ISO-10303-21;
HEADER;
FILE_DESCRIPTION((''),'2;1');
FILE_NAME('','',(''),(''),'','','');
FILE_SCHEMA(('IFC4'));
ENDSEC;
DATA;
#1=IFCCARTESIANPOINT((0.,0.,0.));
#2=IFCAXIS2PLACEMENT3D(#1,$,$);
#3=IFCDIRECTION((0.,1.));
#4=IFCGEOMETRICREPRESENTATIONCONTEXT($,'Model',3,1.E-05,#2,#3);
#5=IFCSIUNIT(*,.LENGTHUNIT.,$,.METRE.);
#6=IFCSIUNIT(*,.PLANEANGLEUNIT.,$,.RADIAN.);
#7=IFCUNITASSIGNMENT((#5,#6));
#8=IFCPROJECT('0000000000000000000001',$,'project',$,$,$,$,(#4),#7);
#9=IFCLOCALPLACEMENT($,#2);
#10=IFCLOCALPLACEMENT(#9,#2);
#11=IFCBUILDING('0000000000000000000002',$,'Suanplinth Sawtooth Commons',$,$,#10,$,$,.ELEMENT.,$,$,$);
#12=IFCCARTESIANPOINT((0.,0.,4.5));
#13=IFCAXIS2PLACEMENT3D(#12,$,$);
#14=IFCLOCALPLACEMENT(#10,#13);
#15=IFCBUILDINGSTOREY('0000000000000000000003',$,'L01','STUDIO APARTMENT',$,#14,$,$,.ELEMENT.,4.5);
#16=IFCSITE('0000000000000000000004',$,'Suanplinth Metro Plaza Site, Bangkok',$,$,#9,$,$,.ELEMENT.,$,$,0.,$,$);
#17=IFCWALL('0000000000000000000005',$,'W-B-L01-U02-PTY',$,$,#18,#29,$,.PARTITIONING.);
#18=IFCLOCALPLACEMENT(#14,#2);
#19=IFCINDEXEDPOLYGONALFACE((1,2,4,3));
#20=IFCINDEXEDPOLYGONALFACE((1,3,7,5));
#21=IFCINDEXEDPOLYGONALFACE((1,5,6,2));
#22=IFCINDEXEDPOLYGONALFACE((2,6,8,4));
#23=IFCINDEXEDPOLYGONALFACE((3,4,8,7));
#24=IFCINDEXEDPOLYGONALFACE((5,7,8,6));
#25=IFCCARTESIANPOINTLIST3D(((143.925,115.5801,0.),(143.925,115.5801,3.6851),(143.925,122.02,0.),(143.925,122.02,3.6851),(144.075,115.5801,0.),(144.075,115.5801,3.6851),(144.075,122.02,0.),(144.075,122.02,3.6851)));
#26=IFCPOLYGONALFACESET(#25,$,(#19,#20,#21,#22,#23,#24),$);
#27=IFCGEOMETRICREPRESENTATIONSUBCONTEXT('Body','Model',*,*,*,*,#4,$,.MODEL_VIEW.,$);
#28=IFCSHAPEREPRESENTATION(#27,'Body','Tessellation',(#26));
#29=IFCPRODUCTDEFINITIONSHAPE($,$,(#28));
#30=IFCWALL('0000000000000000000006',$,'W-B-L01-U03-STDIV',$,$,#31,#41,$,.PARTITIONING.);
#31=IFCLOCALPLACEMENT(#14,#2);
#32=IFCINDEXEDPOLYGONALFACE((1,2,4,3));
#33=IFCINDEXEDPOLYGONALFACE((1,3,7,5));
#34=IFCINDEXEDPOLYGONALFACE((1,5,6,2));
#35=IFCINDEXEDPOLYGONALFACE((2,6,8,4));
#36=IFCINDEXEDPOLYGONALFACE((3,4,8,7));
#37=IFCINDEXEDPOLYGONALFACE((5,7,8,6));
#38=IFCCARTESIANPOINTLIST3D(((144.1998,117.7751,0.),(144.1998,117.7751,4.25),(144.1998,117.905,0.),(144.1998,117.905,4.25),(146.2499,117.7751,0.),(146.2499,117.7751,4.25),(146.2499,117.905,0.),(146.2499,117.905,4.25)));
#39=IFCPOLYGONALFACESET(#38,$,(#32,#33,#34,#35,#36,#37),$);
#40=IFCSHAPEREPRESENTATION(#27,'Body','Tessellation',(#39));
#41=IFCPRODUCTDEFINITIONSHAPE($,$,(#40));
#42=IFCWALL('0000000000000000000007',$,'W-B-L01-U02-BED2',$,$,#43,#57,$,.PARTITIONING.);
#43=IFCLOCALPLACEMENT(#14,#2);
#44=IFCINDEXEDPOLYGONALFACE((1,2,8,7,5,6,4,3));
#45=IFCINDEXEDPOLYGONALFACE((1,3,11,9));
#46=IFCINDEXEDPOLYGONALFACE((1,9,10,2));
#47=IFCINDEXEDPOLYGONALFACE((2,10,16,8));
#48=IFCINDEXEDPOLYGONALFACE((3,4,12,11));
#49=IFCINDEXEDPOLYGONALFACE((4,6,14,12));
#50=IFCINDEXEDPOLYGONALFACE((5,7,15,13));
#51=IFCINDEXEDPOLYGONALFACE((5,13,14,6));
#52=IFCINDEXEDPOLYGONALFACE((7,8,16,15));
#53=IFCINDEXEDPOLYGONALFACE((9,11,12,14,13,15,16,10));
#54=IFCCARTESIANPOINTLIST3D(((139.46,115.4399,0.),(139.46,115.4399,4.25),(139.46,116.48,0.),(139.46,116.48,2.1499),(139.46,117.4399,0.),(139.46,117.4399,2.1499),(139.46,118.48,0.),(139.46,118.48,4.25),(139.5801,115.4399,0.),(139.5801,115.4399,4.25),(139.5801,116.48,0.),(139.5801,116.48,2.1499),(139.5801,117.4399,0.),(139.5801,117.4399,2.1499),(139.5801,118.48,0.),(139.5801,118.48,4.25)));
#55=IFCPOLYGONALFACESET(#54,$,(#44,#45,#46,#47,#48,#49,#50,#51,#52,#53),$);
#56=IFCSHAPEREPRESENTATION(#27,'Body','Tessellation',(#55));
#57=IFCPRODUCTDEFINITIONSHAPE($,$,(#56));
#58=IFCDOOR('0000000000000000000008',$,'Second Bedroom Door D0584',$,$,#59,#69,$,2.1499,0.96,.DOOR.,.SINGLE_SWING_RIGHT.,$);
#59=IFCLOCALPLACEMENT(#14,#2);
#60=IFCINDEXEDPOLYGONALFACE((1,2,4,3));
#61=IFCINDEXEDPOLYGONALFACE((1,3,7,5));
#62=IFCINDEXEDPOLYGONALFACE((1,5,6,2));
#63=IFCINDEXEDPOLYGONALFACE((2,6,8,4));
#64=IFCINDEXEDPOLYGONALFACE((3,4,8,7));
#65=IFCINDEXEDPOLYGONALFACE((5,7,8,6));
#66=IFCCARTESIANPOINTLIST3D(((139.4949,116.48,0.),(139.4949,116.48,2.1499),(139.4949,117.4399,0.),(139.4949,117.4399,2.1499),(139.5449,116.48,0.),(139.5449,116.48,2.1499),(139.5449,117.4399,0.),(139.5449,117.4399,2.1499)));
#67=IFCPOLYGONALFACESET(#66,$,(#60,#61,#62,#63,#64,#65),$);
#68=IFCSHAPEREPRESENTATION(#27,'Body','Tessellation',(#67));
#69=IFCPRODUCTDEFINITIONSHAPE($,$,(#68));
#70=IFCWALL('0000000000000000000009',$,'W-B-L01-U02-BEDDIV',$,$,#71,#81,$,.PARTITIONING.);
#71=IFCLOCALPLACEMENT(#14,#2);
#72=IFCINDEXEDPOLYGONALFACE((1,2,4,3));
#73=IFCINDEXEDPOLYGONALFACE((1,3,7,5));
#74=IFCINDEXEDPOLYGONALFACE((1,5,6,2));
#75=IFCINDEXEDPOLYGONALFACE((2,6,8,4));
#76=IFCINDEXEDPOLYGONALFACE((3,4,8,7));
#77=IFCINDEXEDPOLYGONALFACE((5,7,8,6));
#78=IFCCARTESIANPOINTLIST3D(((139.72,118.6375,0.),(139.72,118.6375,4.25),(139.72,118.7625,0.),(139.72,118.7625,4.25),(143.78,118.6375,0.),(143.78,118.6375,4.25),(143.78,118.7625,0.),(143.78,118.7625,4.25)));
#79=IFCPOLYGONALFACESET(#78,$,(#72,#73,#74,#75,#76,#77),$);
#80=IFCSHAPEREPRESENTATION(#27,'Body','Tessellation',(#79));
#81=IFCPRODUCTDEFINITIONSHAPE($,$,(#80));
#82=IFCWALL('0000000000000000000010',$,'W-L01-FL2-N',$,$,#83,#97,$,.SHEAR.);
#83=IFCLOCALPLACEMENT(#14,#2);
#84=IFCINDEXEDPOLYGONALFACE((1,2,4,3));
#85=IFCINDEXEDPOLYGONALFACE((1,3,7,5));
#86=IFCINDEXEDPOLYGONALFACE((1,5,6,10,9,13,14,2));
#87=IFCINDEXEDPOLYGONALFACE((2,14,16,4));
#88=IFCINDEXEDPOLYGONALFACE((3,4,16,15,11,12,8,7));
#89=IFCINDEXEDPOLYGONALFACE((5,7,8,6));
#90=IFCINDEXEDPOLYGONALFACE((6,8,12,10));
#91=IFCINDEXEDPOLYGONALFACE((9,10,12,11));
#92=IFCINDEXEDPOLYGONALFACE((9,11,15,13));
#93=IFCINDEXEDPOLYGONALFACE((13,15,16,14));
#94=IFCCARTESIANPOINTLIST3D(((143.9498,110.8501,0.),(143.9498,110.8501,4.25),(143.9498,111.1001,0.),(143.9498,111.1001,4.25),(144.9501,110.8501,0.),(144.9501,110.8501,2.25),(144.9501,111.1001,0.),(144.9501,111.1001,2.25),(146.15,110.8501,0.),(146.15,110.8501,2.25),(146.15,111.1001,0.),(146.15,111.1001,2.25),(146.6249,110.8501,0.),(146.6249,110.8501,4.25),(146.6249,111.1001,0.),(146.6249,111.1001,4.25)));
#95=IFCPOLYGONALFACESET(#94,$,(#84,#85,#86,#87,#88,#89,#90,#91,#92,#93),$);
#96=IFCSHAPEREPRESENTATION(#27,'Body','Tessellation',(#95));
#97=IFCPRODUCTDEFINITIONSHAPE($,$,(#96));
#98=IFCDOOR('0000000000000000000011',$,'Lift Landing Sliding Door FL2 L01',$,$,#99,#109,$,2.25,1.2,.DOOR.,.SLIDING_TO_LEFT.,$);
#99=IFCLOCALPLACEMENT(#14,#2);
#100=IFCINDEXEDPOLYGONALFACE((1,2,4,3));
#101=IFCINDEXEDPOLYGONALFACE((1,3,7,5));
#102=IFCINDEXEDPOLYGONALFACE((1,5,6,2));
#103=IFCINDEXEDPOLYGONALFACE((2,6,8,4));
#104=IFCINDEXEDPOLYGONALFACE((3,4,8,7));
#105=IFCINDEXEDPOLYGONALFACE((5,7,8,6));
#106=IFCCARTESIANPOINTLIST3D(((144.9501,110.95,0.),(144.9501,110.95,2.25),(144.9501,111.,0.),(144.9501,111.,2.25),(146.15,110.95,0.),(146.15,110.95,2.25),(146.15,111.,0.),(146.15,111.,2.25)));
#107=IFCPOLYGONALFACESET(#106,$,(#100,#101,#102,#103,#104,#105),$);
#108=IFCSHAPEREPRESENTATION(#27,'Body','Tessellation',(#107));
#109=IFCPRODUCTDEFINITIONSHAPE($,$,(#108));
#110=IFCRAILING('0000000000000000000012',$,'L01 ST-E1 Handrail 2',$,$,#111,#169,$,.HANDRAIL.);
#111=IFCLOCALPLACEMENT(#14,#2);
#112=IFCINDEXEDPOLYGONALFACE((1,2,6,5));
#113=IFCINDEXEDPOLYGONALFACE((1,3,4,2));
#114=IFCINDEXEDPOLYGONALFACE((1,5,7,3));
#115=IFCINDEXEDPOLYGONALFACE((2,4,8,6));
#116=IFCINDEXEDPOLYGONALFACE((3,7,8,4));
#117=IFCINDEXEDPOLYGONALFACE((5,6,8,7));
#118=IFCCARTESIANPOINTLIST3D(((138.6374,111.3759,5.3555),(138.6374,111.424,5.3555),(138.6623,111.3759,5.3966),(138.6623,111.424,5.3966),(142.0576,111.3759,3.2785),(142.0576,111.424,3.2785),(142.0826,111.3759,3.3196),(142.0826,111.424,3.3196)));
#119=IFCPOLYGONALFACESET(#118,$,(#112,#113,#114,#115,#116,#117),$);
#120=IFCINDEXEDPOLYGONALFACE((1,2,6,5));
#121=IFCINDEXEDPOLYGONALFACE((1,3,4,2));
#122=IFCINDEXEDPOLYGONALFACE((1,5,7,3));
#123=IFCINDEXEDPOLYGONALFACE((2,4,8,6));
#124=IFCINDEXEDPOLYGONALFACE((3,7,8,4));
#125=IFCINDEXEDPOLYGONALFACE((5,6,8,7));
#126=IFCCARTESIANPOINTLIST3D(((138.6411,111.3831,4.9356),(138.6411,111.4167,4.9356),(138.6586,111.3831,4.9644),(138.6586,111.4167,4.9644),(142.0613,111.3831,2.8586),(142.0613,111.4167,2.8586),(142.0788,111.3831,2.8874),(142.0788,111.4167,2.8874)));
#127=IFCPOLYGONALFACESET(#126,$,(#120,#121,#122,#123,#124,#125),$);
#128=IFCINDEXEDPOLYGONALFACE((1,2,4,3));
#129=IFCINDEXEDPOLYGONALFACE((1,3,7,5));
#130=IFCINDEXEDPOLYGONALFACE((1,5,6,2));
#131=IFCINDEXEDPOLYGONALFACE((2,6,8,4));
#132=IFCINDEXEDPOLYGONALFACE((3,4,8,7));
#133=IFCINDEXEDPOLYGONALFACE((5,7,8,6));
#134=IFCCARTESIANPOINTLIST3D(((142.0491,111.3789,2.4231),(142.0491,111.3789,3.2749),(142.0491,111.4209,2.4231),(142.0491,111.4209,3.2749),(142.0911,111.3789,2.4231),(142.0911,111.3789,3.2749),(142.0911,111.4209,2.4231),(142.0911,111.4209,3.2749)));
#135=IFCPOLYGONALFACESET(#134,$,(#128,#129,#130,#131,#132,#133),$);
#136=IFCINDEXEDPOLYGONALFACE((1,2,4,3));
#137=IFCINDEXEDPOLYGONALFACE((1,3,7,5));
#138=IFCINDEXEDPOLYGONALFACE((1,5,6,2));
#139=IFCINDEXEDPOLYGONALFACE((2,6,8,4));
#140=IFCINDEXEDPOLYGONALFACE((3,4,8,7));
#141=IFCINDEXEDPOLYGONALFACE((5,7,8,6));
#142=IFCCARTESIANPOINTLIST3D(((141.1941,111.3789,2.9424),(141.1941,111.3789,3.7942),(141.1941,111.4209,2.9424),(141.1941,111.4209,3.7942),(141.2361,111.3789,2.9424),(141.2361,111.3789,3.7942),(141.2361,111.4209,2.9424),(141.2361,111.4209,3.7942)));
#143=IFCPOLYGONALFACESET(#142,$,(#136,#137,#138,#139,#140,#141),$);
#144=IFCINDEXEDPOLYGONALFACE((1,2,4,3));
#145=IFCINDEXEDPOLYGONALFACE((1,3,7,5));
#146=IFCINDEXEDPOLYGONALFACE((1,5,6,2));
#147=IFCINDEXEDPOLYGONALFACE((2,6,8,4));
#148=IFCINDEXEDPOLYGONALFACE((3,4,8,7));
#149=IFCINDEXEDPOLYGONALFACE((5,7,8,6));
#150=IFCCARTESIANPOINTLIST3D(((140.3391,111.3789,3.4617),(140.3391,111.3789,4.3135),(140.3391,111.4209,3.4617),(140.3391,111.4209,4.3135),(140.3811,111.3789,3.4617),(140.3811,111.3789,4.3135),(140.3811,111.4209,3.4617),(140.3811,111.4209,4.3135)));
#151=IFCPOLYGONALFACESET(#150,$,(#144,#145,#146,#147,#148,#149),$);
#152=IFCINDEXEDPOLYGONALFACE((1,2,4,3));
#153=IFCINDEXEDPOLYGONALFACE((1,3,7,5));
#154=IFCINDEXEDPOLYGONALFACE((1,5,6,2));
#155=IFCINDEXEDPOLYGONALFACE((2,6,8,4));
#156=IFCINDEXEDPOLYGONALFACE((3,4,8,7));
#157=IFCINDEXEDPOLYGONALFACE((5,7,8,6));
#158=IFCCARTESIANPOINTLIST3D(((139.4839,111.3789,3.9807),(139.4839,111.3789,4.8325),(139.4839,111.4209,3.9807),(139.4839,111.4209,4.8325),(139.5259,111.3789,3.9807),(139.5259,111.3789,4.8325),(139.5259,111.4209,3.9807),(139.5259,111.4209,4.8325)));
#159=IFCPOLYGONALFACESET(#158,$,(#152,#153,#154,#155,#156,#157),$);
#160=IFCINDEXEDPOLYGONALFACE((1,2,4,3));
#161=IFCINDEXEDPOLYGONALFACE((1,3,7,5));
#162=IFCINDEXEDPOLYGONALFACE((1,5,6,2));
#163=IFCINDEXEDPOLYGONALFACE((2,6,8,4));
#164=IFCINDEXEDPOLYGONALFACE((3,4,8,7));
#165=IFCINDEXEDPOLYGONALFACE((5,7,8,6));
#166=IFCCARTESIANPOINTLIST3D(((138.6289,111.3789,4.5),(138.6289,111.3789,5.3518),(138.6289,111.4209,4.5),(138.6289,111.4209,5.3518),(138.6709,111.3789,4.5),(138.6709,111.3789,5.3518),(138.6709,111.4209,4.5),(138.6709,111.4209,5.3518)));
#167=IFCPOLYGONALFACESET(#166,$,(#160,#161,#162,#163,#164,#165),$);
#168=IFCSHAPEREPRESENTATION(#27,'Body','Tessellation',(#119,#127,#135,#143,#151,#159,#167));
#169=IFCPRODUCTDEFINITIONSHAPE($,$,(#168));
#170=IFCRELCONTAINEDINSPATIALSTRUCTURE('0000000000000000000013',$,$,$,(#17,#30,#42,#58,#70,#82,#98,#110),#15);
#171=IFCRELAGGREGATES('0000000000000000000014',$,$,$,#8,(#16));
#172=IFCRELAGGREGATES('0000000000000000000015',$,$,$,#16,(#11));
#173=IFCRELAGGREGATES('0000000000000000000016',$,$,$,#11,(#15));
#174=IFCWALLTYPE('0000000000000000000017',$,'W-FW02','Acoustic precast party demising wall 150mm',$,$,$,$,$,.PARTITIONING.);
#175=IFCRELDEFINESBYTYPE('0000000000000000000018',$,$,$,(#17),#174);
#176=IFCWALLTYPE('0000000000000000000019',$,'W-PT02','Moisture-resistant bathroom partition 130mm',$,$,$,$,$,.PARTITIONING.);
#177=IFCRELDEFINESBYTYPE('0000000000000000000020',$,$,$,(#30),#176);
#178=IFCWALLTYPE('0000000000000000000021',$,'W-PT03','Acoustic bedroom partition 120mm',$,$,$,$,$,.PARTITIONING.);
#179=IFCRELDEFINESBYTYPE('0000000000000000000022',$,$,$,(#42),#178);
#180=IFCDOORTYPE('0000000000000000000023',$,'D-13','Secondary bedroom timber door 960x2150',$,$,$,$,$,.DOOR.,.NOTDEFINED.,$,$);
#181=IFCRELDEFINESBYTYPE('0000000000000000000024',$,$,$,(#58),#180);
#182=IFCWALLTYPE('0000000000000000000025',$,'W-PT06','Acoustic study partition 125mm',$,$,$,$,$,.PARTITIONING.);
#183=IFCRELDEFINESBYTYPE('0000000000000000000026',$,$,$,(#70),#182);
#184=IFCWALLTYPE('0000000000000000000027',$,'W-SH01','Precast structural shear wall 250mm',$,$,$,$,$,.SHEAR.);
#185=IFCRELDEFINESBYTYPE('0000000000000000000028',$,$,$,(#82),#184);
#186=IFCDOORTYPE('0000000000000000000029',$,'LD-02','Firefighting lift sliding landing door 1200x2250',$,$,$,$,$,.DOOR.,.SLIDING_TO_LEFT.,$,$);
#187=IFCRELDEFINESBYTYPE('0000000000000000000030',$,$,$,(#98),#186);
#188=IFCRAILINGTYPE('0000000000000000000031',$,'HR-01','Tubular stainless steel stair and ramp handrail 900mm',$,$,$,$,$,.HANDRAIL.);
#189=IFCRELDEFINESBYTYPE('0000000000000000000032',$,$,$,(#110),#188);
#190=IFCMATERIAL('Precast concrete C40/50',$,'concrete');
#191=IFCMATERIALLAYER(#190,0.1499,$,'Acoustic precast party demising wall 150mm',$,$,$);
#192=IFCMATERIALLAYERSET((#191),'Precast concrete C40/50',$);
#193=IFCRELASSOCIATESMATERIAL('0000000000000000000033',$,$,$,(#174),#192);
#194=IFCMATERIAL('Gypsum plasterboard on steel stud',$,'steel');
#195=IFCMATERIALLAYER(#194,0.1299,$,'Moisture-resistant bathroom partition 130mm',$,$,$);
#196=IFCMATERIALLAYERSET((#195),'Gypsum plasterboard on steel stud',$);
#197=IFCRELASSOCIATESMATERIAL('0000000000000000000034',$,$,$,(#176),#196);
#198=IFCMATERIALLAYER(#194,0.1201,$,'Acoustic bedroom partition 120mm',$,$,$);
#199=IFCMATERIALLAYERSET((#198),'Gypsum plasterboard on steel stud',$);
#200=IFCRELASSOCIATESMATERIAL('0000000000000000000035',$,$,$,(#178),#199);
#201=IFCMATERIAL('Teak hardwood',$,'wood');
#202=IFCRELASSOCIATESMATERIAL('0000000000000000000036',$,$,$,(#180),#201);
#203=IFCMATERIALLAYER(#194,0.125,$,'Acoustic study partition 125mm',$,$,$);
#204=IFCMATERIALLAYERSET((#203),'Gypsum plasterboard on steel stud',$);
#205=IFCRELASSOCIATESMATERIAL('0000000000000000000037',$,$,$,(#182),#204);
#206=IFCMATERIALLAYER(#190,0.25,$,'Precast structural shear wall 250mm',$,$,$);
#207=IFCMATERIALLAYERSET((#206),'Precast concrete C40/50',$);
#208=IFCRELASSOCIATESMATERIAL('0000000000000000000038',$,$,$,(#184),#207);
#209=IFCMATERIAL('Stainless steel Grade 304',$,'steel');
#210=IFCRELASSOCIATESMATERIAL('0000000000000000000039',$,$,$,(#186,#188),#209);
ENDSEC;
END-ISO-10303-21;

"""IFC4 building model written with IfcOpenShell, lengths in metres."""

from ifc_helpers import new_model, si_unit, direction, frame, frame_2d, origin, origin_2d, place, context, subcontext, project, spatial, rectangle, extrude, material, layer, layer_set, type_object, element, fill, save


model = new_model("IFC4")

# Units and contexts
model_context = context("Model", 3, precision=1e-05, world=origin(), true_north=direction((0.0, 1.0)))
body_context = subcontext(model_context, "Body", "Model", "MODEL_VIEW")
ifc_project = project(units=[si_unit("LENGTHUNIT", "METRE"), si_unit("PLANEANGLEUNIT", "RADIAN")], contexts=[model_context])

# Site, building, storey
site_placement = place(None, origin())
site = spatial("IfcSite", under=ifc_project, at=site_placement, Name="Suanplinth Metro Plaza Site, Bangkok", CompositionType="ELEMENT", RefElevation=0.0)
building_placement = place(site_placement, origin())
building = spatial("IfcBuilding", under=site, at=building_placement, Name="Suanplinth Sawtooth Commons", CompositionType="ELEMENT")
storey_placement = place(building_placement, frame((0.0, 0.0, 4.5)))
storey = spatial("IfcBuildingStorey", under=building, at=storey_placement, Name="L01", Description="STUDIO APARTMENT", CompositionType="ELEMENT", Elevation=4.5)

# Shared definitions
ifc_material_1 = material(Name="Precast concrete C40/50", Category="concrete")

# Walls
ifc_layer_1 = layer(ifc_material_1, 0.1499, Name="Acoustic precast party demising wall 150mm")
ifc_layer_set_1 = layer_set([ifc_layer_1], Name="Precast concrete C40/50")
wall_type_1 = type_object("IfcWallType", Name="W-FW02", Description="Acoustic precast party demising wall 150mm", PredefinedType="PARTITIONING", material=ifc_layer_set_1)
wall_1_placement = place(storey_placement, frame((144.0, 115.5801, 0.0), z_axis=(0.0, 0.0, 1.0), x_axis=(0.0, 1.0, 0.0)))
element("IfcWall", 1, at=wall_1_placement, inside=storey, type_object=wall_type_1, Name="W-B-L01-U02-PTY", PredefinedType="PARTITIONING", context=body_context, shape_type="SweptSolid", body=[
    extrude(rectangle(XDim=6.4399, YDim=0.1499, at=frame_2d((3.22, 0.0))), origin(), (0.0, 0.0, 1.0), 3.6851),
])
ifc_material_2 = material(Name="Gypsum plasterboard on steel stud", Category="steel")
ifc_layer_2 = layer(ifc_material_2, 0.1299, Name="Moisture-resistant bathroom partition 130mm")
ifc_layer_set_2 = layer_set([ifc_layer_2], Name="Gypsum plasterboard on steel stud")
wall_type_2 = type_object("IfcWallType", Name="W-PT02", Description="Moisture-resistant bathroom partition 130mm", PredefinedType="PARTITIONING", material=ifc_layer_set_2)
wall_2_placement = place(storey_placement, frame((144.2, 117.8401, 0.0), z_axis=(0.0, 0.0, 1.0), x_axis=(1.0, 0.0, 0.0)))
element("IfcWall", 2, at=wall_2_placement, inside=storey, type_object=wall_type_2, Name="W-B-L01-U03-STDIV", PredefinedType="PARTITIONING", context=body_context, shape_type="SweptSolid", body=[
    extrude(rectangle(XDim=2.05, YDim=0.1299, at=frame_2d((1.0249, 0.0))), origin(), (0.0, 0.0, 1.0), 4.25),
])

# Wall, opening, door
ifc_layer_3 = layer(ifc_material_2, 0.1201, Name="Acoustic bedroom partition 120mm")
ifc_layer_set_3 = layer_set([ifc_layer_3], Name="Gypsum plasterboard on steel stud")
wall_type_3 = type_object("IfcWallType", Name="W-PT03", Description="Acoustic bedroom partition 120mm", PredefinedType="PARTITIONING", material=ifc_layer_set_3)
wall_3_placement = place(storey_placement, frame((139.52, 115.4399, 0.0), z_axis=(0.0, 0.0, 1.0), x_axis=(0.0, 1.0, 0.0)))
wall_3 = element("IfcWall", 3, at=wall_3_placement, inside=storey, type_object=wall_type_3, Name="W-B-L01-U02-BED2", PredefinedType="PARTITIONING", context=body_context, shape_type="SweptSolid", body=[
    extrude(rectangle(XDim=3.04, YDim=0.1201, at=frame_2d((1.52, 0.0))), origin(), (0.0, 0.0, 1.0), 4.25),
])
opening_1_placement = place(wall_3_placement, frame((1.04, 0.0, 0.0)))
opening_1 = element("IfcOpeningElement", 4, at=opening_1_placement, cuts=wall_3, PredefinedType="OPENING", context=body_context, shape_type="SweptSolid", body=[
    extrude(rectangle(XDim=0.96, YDim=2.1499, at=frame_2d((0.48, 1.075))), frame((0.0, 0.075, 0.0), z_axis=(0.0, -1.0, 0.0), x_axis=(1.0, 0.0, 0.0)), (0.0, 0.0, 1.0), 0.1499),
])
ifc_material_3 = material(Name="Teak hardwood", Category="wood")
door_type_1 = type_object("IfcDoorType", Name="D-13", Description="Secondary bedroom timber door 960x2150", OperationType="NOTDEFINED", PredefinedType="DOOR", material=ifc_material_3)
door_1_placement = place(opening_1_placement, frame((0.96, 0.0, 0.0), z_axis=(0.0, 0.0, 1.0), x_axis=(-1.0, 0.0, 0.0)))
door_1 = element("IfcDoor", 5, at=door_1_placement, inside=storey, type_object=door_type_1, Name="Second Bedroom Door D0584", OperationType="SINGLE_SWING_RIGHT", OverallHeight=2.1499, OverallWidth=0.96, PredefinedType="DOOR", context=body_context, shape_type="SweptSolid", body=[
    extrude(rectangle(XDim=0.96, YDim=2.1499, at=frame_2d((0.48, 1.075))), frame((0.0, 0.0249, 0.0), z_axis=(0.0, -1.0, 0.0), x_axis=(1.0, 0.0, 0.0)), (0.0, 0.0, 1.0), 0.05),
])
fill(opening_1, door_1)

# Wall
ifc_layer_4 = layer(ifc_material_2, 0.125, Name="Acoustic study partition 125mm")
ifc_layer_set_4 = layer_set([ifc_layer_4], Name="Gypsum plasterboard on steel stud")
wall_type_4 = type_object("IfcWallType", Name="W-PT06", Description="Acoustic study partition 125mm", PredefinedType="PARTITIONING", material=ifc_layer_set_4)
wall_4_placement = place(storey_placement, frame((139.72, 118.7, 0.0), z_axis=(0.0, 0.0, 1.0), x_axis=(1.0, 0.0, 0.0)))
element("IfcWall", 6, at=wall_4_placement, inside=storey, type_object=wall_type_4, Name="W-B-L01-U02-BEDDIV", PredefinedType="PARTITIONING", context=body_context, shape_type="SweptSolid", body=[
    extrude(rectangle(XDim=4.0601, YDim=0.125, at=frame_2d((2.03, 0.0))), origin(), (0.0, 0.0, 1.0), 4.25),
])

# Wall, opening, door
ifc_layer_5 = layer(ifc_material_1, 0.25, Name="Precast structural shear wall 250mm")
ifc_layer_set_5 = layer_set([ifc_layer_5], Name="Precast concrete C40/50")
wall_type_5 = type_object("IfcWallType", Name="W-SH01", Description="Precast structural shear wall 250mm", PredefinedType="SHEAR", material=ifc_layer_set_5)
wall_5_placement = place(storey_placement, frame((143.95, 110.9751, 0.0), z_axis=(0.0, 0.0, 1.0), x_axis=(1.0, 0.0, 0.0)))
wall_5 = element("IfcWall", 7, at=wall_5_placement, inside=storey, type_object=wall_type_5, Name="W-L01-FL2-N", PredefinedType="SHEAR", context=body_context, shape_type="SweptSolid", body=[
    extrude(rectangle(XDim=2.675, YDim=0.25, at=frame_2d((1.3374, 0.0))), origin(), (0.0, 0.0, 1.0), 4.25),
])
opening_2_placement = place(wall_5_placement, frame((1.0, 0.0, 0.0)))
opening_2 = element("IfcOpeningElement", 8, at=opening_2_placement, cuts=wall_5, PredefinedType="OPENING", context=body_context, shape_type="SweptSolid", body=[
    extrude(rectangle(XDim=1.2, YDim=2.25, at=frame_2d((0.6001, 1.125))), frame((0.0, 0.1399, 0.0), z_axis=(0.0, -1.0, 0.0), x_axis=(1.0, 0.0, 0.0)), (0.0, 0.0, 1.0), 0.2798),
])
ifc_material_4 = material(Name="Stainless steel Grade 304", Category="steel")
door_type_2 = type_object("IfcDoorType", Name="LD-02", Description="Firefighting lift sliding landing door 1200x2250", OperationType="SLIDING_TO_LEFT", PredefinedType="DOOR", material=ifc_material_4)
door_2_placement = place(opening_2_placement, origin())
door_2 = element("IfcDoor", 9, at=door_2_placement, inside=storey, type_object=door_type_2, Name="Lift Landing Sliding Door FL2 L01", OperationType="SLIDING_TO_LEFT", OverallHeight=2.25, OverallWidth=1.2, PredefinedType="DOOR", context=body_context, shape_type="SweptSolid", body=[
    extrude(rectangle(XDim=1.2, YDim=2.25, at=frame_2d((0.6001, 1.125))), frame((0.0, 0.0249, 0.0), z_axis=(0.0, -1.0, 0.0), x_axis=(1.0, 0.0, 0.0)), (0.0, 0.0, 1.0), 0.05),
])
fill(opening_2, door_2)

# Railing
railing_type = type_object("IfcRailingType", Name="HR-01", Description="Tubular stainless steel stair and ramp handrail 900mm", PredefinedType="HANDRAIL", material=ifc_material_4)
railing_placement = place(storey_placement, frame((142.0701, 111.3999, 2.4231)))
element("IfcRailing", 10, at=railing_placement, inside=storey, type_object=railing_type, Name="L01 ST-E1 Handrail 2", PredefinedType="HANDRAIL", context=body_context, shape_type="SweptSolid", body=[
    extrude(rectangle(XDim=0.0481, YDim=0.0481, at=origin_2d()), frame((0.0, 0.0, 0.876), z_axis=(-0.854746, 0.0, 0.519047), x_axis=(0.0, -1.0, 0.0)), (0.0, 0.0, 1.0), 4.0015),
    extrude(rectangle(XDim=0.0337, YDim=0.0337, at=origin_2d()), frame((0.0, 0.0, 0.45), z_axis=(-0.854746, 0.0, 0.519047), x_axis=(0.0, -1.0, 0.0)), (0.0, 0.0, 1.0), 4.0015),
    extrude(rectangle(XDim=0.042, YDim=0.042, at=origin_2d()), origin(), (0.0, 0.0, 1.0), 0.8518),
    extrude(rectangle(XDim=0.042, YDim=0.042, at=origin_2d()), frame((-0.855, 0.0, 0.5193)), (0.0, 0.0, 1.0), 0.8518),
    extrude(rectangle(XDim=0.042, YDim=0.042, at=origin_2d()), frame((-1.71, 0.0, 1.0386)), (0.0, 0.0, 1.0), 0.8518),
    extrude(rectangle(XDim=0.042, YDim=0.042, at=origin_2d()), frame((-2.5652, 0.0, 1.5576)), (0.0, 0.0, 1.0), 0.8518),
    extrude(rectangle(XDim=0.042, YDim=0.042, at=origin_2d()), frame((-3.4202, 0.0, 2.0769)), (0.0, 0.0, 1.0), 0.8518),
])

save(model, "model.ifc")
